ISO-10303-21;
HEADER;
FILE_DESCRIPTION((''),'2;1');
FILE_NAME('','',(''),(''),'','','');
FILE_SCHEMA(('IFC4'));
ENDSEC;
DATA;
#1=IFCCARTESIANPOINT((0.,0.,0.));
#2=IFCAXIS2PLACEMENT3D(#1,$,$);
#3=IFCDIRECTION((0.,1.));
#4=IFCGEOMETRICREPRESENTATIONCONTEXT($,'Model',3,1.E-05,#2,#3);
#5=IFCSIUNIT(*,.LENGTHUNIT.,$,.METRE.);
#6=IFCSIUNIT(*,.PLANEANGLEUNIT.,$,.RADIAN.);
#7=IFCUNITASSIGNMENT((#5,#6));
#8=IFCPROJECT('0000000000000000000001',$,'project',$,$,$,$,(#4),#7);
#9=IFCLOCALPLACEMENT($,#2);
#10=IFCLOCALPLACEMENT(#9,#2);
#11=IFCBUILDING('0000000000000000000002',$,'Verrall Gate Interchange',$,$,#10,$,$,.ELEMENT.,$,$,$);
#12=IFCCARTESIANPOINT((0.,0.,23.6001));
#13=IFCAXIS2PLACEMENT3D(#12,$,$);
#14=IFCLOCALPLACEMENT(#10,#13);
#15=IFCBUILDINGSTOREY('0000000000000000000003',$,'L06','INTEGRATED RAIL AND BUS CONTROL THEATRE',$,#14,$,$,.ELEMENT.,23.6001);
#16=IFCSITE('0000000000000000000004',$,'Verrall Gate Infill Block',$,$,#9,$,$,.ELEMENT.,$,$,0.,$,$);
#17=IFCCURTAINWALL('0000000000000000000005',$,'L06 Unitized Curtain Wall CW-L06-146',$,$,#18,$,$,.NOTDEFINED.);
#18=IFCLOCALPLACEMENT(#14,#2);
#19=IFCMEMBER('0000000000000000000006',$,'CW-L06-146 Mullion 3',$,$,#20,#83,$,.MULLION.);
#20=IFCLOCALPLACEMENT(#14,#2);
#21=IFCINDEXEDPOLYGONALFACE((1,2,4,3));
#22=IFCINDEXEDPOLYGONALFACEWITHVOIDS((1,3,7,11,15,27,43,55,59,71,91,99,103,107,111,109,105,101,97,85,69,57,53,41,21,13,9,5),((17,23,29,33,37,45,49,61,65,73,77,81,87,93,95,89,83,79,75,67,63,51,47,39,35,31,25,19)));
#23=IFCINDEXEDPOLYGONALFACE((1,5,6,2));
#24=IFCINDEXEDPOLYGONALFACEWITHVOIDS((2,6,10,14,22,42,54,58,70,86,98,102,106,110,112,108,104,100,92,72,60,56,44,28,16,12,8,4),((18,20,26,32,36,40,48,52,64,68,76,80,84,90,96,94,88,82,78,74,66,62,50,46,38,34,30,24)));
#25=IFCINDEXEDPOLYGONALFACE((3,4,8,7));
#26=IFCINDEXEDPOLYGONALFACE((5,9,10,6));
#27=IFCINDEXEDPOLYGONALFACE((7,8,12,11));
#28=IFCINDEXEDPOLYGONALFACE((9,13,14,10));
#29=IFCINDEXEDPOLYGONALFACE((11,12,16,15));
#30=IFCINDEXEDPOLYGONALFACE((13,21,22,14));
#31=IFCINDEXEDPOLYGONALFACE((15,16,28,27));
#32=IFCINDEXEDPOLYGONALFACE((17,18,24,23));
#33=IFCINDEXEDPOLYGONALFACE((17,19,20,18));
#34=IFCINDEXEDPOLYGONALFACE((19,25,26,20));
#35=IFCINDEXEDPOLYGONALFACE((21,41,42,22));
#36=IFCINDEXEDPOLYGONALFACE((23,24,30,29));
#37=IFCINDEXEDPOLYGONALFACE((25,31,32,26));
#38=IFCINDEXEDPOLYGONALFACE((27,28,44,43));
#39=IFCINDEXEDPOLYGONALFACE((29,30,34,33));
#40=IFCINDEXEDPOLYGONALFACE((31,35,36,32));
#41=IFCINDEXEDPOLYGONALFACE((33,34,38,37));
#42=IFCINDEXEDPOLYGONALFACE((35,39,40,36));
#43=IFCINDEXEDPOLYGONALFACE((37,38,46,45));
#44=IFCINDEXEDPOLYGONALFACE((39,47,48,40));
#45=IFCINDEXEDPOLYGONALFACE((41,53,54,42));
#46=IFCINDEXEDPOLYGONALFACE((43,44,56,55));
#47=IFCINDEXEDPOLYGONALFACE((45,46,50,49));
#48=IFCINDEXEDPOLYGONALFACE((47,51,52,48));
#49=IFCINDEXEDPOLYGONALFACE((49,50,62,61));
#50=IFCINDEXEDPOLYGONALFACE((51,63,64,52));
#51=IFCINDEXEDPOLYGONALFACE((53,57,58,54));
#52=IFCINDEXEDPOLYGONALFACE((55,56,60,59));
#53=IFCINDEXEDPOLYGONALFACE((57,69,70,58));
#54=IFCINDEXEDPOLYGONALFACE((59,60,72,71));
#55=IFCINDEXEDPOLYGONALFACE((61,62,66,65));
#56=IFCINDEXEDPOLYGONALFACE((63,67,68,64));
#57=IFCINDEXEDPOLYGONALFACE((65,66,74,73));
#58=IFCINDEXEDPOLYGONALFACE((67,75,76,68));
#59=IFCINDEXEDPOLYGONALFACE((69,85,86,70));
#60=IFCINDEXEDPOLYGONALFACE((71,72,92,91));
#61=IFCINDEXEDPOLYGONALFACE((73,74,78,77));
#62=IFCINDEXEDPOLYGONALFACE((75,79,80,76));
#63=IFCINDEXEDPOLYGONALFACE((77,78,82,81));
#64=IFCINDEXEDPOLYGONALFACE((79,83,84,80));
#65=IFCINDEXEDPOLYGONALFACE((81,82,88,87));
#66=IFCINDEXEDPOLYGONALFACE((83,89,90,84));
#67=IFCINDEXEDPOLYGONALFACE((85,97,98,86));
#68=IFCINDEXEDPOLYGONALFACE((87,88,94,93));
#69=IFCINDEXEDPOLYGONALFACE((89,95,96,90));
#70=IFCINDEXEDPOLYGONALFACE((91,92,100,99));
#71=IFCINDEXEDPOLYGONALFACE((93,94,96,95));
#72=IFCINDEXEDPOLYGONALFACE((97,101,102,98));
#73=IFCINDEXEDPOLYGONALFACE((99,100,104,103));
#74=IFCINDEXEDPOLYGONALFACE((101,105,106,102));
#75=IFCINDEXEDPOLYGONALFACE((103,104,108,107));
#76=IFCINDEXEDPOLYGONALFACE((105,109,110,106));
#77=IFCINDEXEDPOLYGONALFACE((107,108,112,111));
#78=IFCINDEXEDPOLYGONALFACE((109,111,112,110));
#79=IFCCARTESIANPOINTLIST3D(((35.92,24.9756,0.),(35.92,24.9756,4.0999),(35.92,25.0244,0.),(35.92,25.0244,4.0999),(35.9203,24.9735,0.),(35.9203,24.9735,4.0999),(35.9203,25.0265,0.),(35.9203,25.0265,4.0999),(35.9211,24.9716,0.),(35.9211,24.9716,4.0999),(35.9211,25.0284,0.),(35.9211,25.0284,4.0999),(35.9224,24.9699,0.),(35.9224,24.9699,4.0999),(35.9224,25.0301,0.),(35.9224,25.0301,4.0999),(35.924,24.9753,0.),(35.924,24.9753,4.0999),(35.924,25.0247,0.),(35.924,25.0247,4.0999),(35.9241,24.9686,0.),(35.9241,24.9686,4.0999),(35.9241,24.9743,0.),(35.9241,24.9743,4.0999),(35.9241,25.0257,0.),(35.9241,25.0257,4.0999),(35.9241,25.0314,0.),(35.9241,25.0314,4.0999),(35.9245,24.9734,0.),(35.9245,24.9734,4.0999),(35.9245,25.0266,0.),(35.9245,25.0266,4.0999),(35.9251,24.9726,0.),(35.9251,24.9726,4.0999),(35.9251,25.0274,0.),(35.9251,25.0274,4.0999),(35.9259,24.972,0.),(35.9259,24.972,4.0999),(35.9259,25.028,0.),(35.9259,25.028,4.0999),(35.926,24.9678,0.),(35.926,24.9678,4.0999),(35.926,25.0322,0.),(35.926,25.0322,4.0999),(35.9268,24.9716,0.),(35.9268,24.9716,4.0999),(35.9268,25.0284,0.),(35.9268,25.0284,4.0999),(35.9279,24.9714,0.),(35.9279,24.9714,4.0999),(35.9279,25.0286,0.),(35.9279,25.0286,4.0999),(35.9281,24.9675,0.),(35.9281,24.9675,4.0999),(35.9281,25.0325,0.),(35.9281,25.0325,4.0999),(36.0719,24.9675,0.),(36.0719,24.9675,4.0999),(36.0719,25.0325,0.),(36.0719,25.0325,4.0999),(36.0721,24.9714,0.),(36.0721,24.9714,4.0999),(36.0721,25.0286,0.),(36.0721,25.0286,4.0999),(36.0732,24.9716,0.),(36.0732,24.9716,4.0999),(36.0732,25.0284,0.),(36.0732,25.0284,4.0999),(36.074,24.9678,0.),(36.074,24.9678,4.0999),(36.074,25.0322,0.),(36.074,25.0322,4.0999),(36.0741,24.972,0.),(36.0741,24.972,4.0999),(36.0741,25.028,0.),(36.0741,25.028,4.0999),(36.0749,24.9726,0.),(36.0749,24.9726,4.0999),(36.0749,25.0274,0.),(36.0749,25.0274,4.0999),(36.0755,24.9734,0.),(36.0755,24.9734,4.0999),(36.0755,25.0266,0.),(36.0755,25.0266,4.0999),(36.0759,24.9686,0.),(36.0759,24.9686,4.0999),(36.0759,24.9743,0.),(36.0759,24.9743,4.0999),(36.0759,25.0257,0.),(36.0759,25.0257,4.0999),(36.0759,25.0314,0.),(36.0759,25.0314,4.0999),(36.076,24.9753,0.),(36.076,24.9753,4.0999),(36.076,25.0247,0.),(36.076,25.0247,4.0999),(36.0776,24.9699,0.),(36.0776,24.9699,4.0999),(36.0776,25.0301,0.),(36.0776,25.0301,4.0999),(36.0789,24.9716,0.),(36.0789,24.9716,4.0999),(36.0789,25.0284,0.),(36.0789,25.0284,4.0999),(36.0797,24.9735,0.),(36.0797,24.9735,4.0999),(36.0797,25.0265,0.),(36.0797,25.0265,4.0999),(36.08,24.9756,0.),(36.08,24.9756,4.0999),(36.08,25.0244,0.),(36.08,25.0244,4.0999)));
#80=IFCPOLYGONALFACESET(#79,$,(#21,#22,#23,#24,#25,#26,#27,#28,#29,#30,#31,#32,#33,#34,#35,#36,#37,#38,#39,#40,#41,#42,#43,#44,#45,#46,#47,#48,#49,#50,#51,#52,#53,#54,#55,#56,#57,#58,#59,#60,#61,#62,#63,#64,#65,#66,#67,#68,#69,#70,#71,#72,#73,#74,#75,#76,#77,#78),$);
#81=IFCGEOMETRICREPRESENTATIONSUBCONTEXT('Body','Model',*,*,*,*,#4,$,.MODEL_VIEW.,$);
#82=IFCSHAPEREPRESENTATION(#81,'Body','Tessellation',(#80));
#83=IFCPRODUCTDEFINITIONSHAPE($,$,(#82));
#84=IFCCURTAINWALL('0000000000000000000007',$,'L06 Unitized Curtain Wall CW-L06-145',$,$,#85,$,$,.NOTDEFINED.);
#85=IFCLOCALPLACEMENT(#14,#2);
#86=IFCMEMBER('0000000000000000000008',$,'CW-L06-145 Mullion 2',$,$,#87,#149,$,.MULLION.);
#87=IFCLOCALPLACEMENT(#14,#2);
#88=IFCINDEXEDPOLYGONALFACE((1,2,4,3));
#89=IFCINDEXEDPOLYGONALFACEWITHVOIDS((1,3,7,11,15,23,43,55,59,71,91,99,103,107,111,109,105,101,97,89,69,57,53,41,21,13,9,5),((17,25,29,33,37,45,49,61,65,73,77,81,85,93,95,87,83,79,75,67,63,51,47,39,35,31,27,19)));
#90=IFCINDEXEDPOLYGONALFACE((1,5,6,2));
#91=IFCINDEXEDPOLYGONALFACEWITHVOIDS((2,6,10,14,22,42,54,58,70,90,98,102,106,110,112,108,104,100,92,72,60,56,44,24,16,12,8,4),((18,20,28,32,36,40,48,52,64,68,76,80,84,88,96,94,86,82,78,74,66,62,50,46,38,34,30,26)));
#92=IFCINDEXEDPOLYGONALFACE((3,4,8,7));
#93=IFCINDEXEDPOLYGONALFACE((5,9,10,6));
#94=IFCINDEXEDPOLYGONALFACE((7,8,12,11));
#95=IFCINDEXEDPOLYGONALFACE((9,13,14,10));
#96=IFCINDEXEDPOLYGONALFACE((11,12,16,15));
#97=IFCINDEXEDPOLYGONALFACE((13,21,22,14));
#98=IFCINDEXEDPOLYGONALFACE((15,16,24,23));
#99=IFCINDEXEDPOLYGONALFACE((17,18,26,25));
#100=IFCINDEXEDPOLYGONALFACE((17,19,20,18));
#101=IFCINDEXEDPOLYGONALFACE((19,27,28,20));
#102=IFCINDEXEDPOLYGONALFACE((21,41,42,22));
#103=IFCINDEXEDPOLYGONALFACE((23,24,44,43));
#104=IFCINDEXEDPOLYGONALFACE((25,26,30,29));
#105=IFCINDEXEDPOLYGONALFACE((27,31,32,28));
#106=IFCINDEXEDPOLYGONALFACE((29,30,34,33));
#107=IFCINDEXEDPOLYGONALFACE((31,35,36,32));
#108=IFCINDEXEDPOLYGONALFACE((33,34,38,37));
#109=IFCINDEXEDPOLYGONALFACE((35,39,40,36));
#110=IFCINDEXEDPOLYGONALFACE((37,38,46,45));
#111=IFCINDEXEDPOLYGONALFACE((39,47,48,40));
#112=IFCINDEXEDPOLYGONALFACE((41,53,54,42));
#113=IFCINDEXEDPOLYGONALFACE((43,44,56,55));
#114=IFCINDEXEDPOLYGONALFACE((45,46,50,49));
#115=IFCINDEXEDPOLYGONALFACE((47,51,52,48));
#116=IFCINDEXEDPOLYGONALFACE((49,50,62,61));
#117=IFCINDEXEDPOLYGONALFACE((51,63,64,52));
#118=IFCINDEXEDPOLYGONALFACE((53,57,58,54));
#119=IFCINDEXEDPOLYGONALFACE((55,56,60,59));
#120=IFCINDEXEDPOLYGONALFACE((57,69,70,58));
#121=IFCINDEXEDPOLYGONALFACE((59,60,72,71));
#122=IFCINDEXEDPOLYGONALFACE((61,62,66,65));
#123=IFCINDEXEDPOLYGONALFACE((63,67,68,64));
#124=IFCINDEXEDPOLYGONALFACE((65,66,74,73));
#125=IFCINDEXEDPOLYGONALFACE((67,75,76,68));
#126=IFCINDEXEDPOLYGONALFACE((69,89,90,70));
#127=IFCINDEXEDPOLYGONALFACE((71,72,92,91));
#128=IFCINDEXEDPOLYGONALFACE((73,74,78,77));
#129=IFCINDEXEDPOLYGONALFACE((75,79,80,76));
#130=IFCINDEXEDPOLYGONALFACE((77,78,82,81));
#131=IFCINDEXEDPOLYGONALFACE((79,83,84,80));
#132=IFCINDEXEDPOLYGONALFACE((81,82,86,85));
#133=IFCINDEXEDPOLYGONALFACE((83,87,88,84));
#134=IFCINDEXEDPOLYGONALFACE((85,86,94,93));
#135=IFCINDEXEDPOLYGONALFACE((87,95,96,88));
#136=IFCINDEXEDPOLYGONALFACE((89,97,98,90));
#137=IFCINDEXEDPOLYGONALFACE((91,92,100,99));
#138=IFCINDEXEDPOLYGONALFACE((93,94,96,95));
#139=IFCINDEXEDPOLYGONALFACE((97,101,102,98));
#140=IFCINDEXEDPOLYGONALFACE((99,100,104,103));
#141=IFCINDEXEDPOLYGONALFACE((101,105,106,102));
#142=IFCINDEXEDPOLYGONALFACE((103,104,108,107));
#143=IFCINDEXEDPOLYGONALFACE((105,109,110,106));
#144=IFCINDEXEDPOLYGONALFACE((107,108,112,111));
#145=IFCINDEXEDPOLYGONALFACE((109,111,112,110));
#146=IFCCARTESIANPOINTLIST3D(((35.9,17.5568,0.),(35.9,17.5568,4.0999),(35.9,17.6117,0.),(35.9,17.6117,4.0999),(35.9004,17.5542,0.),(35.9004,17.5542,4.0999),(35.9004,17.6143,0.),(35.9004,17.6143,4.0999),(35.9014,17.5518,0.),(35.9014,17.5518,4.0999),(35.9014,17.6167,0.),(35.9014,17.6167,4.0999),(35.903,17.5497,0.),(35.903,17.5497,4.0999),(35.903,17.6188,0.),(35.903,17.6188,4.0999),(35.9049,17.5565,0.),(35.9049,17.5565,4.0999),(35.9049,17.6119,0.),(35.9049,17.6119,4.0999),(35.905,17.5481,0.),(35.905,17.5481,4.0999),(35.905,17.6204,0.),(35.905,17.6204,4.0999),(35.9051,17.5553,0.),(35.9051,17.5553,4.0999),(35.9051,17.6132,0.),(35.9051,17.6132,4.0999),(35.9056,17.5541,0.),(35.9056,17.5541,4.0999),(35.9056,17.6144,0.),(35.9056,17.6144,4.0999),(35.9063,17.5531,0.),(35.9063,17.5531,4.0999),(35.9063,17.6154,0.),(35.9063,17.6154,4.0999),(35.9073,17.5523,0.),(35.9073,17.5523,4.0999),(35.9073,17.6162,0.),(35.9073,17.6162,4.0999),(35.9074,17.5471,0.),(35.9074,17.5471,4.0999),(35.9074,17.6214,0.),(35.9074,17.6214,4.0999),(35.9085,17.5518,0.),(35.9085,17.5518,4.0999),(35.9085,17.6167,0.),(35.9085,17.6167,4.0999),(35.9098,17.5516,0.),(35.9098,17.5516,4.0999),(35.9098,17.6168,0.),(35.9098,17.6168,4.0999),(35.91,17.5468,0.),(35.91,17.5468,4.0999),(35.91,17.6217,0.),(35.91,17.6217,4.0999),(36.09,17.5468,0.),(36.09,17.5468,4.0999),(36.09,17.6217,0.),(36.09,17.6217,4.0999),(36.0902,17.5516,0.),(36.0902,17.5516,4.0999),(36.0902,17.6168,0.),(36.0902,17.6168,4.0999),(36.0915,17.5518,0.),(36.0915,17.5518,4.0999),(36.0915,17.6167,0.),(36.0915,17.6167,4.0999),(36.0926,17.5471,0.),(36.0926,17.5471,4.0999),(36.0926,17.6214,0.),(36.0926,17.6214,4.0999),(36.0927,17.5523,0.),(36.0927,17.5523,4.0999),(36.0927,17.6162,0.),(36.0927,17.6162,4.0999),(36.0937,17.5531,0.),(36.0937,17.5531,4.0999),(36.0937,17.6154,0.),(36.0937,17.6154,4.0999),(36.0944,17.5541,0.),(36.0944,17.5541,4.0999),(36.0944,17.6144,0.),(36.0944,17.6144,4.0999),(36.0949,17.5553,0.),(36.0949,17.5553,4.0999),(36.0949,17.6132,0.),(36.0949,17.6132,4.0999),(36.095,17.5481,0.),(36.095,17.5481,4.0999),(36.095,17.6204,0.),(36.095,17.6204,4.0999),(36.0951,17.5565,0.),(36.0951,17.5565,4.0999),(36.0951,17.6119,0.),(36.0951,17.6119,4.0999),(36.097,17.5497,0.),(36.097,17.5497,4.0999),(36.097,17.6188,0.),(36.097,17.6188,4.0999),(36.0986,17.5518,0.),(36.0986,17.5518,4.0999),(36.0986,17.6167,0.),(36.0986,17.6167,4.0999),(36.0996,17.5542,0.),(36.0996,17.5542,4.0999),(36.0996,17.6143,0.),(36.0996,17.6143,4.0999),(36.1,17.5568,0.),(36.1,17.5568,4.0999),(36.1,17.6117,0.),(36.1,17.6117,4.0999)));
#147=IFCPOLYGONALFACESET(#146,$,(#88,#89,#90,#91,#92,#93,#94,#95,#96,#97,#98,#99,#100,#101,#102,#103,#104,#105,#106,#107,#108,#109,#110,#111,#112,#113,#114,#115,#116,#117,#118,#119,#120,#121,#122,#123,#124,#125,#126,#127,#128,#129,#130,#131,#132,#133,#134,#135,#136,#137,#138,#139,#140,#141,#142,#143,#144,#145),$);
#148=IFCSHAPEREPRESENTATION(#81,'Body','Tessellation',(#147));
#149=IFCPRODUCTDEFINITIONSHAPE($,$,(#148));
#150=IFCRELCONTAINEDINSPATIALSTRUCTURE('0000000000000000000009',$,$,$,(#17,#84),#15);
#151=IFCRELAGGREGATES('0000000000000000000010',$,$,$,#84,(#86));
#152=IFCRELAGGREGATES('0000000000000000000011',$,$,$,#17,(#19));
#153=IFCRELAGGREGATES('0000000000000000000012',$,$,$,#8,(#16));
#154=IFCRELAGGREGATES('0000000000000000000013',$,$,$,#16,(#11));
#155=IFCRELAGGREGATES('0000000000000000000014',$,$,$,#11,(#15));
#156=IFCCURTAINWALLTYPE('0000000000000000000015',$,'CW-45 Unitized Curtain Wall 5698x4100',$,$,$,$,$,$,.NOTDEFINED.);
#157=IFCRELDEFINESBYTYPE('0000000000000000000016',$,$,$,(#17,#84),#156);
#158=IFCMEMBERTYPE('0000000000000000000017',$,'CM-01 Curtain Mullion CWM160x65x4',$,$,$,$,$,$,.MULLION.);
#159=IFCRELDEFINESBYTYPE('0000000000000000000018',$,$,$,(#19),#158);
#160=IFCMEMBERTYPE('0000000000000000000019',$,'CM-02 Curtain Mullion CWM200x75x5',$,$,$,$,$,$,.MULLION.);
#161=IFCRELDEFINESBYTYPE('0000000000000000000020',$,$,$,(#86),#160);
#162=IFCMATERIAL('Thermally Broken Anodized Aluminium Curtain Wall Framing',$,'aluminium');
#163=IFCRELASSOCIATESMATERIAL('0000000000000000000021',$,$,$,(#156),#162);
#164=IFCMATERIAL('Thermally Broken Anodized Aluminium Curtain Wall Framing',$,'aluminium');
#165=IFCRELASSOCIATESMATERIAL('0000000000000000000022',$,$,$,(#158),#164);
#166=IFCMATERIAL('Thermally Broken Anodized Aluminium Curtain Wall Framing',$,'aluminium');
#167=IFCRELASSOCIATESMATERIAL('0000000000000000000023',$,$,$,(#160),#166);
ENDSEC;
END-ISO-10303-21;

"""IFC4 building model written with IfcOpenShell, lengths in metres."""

from ifc_helpers import new_model, si_unit, direction, frame, origin, origin_2d, place, context, subcontext, project, spatial, hollow_rectangle, extrude, material, material_profile, profile_set, type_object, element, aggregate, save


model = new_model("IFC4")

# Units and contexts
model_context = context("Model", 3, precision=1e-05, world=origin(), true_north=direction((0.0, 1.0)))
body_context = subcontext(model_context, "Body", "Model", "MODEL_VIEW")
ifc_project = project(units=[si_unit("LENGTHUNIT", "METRE"), si_unit("PLANEANGLEUNIT", "RADIAN")], contexts=[model_context])

# Site, building, storey
site_placement = place(None, origin())
site = spatial("IfcSite", under=ifc_project, at=site_placement, Name="Verrall Gate Infill Block", CompositionType="ELEMENT", RefElevation=0.0)
building_placement = place(site_placement, origin())
building = spatial("IfcBuilding", under=site, at=building_placement, Name="Verrall Gate Interchange", CompositionType="ELEMENT")
storey_placement = place(building_placement, frame((0.0, 0.0, 23.6001)))
storey = spatial("IfcBuildingStorey", under=building, at=storey_placement, Name="L06", Description="INTEGRATED RAIL AND BUS CONTROL THEATRE", CompositionType="ELEMENT", Elevation=23.6001)

# Curtain walls, members
ifc_material_1 = material(Name="Thermally Broken Anodized Aluminium Curtain Wall Framing", Category="aluminium")
curtain_wall_type = type_object("IfcCurtainWallType", Name="CW-45 Unitized Curtain Wall 5698x4100", PredefinedType="NOTDEFINED", material=ifc_material_1)
curtain_wall_1_placement = place(storey_placement, origin())
curtain_wall_1 = element("IfcCurtainWall", 1, at=curtain_wall_1_placement, inside=storey, type_object=curtain_wall_type, Name="L06 Unitized Curtain Wall CW-L06-146", PredefinedType="NOTDEFINED")
ifc_material_2 = material(Name="Thermally Broken Anodized Aluminium Curtain Wall Framing", Category="aluminium")
ifc_material_profile_1 = material_profile(ifc_material_2, hollow_rectangle(XDim=0.0649, YDim=0.1599, WallThickness=0.0039, InnerFilletRadius=0.0039, OuterFilletRadius=0.0081, at=origin_2d()), Name="CWM160x65x4")
ifc_profile_set_1 = profile_set([ifc_material_profile_1], Name="Thermally Broken Anodized Aluminium Curtain Wall Framing")
member_type_1 = type_object("IfcMemberType", Name="CM-01 Curtain Mullion CWM160x65x4", PredefinedType="MULLION", material=ifc_profile_set_1)
member_1_placement = place(storey_placement, frame((36.0, 25.0, 0.0), z_axis=(0.0, 0.0, 1.0), x_axis=(0.0, 1.0, 0.0)))
member_1 = element("IfcMember", 2, at=member_1_placement, type_object=member_type_1, Name="CW-L06-146 Mullion 3", PredefinedType="MULLION", context=body_context, shape_type="SweptSolid", body=[
    extrude(hollow_rectangle(XDim=0.0649, YDim=0.1599, WallThickness=0.0039, InnerFilletRadius=0.0039, OuterFilletRadius=0.0081, at=origin_2d()), origin(), (0.0, 0.0, 1.0), 4.0999),
])
curtain_wall_2_placement = place(storey_placement, origin())
curtain_wall_2 = element("IfcCurtainWall", 3, at=curtain_wall_2_placement, inside=storey, type_object=curtain_wall_type, Name="L06 Unitized Curtain Wall CW-L06-145", PredefinedType="NOTDEFINED")
ifc_material_3 = material(Name="Thermally Broken Anodized Aluminium Curtain Wall Framing", Category="aluminium")
ifc_material_profile_2 = material_profile(ifc_material_3, hollow_rectangle(XDim=0.075, YDim=0.2, WallThickness=0.0049, InnerFilletRadius=0.0049, OuterFilletRadius=0.01, at=origin_2d()), Name="CWM200x75x5")
ifc_profile_set_2 = profile_set([ifc_material_profile_2], Name="Thermally Broken Anodized Aluminium Curtain Wall Framing")
member_type_2 = type_object("IfcMemberType", Name="CM-02 Curtain Mullion CWM200x75x5", PredefinedType="MULLION", material=ifc_profile_set_2)
member_2_placement = place(storey_placement, frame((36.0, 17.5842, 0.0), z_axis=(0.0, 0.0, 1.0), x_axis=(0.0, 1.0, 0.0)))
member_2 = element("IfcMember", 4, at=member_2_placement, type_object=member_type_2, Name="CW-L06-145 Mullion 2", PredefinedType="MULLION", context=body_context, shape_type="SweptSolid", body=[
    extrude(hollow_rectangle(XDim=0.075, YDim=0.2, WallThickness=0.0049, InnerFilletRadius=0.0049, OuterFilletRadius=0.01, at=origin_2d()), origin(), (0.0, 0.0, 1.0), 4.0999),
])

aggregate(curtain_wall_2, [member_2])
aggregate(curtain_wall_1, [member_1])

save(model, "model.ifc")
